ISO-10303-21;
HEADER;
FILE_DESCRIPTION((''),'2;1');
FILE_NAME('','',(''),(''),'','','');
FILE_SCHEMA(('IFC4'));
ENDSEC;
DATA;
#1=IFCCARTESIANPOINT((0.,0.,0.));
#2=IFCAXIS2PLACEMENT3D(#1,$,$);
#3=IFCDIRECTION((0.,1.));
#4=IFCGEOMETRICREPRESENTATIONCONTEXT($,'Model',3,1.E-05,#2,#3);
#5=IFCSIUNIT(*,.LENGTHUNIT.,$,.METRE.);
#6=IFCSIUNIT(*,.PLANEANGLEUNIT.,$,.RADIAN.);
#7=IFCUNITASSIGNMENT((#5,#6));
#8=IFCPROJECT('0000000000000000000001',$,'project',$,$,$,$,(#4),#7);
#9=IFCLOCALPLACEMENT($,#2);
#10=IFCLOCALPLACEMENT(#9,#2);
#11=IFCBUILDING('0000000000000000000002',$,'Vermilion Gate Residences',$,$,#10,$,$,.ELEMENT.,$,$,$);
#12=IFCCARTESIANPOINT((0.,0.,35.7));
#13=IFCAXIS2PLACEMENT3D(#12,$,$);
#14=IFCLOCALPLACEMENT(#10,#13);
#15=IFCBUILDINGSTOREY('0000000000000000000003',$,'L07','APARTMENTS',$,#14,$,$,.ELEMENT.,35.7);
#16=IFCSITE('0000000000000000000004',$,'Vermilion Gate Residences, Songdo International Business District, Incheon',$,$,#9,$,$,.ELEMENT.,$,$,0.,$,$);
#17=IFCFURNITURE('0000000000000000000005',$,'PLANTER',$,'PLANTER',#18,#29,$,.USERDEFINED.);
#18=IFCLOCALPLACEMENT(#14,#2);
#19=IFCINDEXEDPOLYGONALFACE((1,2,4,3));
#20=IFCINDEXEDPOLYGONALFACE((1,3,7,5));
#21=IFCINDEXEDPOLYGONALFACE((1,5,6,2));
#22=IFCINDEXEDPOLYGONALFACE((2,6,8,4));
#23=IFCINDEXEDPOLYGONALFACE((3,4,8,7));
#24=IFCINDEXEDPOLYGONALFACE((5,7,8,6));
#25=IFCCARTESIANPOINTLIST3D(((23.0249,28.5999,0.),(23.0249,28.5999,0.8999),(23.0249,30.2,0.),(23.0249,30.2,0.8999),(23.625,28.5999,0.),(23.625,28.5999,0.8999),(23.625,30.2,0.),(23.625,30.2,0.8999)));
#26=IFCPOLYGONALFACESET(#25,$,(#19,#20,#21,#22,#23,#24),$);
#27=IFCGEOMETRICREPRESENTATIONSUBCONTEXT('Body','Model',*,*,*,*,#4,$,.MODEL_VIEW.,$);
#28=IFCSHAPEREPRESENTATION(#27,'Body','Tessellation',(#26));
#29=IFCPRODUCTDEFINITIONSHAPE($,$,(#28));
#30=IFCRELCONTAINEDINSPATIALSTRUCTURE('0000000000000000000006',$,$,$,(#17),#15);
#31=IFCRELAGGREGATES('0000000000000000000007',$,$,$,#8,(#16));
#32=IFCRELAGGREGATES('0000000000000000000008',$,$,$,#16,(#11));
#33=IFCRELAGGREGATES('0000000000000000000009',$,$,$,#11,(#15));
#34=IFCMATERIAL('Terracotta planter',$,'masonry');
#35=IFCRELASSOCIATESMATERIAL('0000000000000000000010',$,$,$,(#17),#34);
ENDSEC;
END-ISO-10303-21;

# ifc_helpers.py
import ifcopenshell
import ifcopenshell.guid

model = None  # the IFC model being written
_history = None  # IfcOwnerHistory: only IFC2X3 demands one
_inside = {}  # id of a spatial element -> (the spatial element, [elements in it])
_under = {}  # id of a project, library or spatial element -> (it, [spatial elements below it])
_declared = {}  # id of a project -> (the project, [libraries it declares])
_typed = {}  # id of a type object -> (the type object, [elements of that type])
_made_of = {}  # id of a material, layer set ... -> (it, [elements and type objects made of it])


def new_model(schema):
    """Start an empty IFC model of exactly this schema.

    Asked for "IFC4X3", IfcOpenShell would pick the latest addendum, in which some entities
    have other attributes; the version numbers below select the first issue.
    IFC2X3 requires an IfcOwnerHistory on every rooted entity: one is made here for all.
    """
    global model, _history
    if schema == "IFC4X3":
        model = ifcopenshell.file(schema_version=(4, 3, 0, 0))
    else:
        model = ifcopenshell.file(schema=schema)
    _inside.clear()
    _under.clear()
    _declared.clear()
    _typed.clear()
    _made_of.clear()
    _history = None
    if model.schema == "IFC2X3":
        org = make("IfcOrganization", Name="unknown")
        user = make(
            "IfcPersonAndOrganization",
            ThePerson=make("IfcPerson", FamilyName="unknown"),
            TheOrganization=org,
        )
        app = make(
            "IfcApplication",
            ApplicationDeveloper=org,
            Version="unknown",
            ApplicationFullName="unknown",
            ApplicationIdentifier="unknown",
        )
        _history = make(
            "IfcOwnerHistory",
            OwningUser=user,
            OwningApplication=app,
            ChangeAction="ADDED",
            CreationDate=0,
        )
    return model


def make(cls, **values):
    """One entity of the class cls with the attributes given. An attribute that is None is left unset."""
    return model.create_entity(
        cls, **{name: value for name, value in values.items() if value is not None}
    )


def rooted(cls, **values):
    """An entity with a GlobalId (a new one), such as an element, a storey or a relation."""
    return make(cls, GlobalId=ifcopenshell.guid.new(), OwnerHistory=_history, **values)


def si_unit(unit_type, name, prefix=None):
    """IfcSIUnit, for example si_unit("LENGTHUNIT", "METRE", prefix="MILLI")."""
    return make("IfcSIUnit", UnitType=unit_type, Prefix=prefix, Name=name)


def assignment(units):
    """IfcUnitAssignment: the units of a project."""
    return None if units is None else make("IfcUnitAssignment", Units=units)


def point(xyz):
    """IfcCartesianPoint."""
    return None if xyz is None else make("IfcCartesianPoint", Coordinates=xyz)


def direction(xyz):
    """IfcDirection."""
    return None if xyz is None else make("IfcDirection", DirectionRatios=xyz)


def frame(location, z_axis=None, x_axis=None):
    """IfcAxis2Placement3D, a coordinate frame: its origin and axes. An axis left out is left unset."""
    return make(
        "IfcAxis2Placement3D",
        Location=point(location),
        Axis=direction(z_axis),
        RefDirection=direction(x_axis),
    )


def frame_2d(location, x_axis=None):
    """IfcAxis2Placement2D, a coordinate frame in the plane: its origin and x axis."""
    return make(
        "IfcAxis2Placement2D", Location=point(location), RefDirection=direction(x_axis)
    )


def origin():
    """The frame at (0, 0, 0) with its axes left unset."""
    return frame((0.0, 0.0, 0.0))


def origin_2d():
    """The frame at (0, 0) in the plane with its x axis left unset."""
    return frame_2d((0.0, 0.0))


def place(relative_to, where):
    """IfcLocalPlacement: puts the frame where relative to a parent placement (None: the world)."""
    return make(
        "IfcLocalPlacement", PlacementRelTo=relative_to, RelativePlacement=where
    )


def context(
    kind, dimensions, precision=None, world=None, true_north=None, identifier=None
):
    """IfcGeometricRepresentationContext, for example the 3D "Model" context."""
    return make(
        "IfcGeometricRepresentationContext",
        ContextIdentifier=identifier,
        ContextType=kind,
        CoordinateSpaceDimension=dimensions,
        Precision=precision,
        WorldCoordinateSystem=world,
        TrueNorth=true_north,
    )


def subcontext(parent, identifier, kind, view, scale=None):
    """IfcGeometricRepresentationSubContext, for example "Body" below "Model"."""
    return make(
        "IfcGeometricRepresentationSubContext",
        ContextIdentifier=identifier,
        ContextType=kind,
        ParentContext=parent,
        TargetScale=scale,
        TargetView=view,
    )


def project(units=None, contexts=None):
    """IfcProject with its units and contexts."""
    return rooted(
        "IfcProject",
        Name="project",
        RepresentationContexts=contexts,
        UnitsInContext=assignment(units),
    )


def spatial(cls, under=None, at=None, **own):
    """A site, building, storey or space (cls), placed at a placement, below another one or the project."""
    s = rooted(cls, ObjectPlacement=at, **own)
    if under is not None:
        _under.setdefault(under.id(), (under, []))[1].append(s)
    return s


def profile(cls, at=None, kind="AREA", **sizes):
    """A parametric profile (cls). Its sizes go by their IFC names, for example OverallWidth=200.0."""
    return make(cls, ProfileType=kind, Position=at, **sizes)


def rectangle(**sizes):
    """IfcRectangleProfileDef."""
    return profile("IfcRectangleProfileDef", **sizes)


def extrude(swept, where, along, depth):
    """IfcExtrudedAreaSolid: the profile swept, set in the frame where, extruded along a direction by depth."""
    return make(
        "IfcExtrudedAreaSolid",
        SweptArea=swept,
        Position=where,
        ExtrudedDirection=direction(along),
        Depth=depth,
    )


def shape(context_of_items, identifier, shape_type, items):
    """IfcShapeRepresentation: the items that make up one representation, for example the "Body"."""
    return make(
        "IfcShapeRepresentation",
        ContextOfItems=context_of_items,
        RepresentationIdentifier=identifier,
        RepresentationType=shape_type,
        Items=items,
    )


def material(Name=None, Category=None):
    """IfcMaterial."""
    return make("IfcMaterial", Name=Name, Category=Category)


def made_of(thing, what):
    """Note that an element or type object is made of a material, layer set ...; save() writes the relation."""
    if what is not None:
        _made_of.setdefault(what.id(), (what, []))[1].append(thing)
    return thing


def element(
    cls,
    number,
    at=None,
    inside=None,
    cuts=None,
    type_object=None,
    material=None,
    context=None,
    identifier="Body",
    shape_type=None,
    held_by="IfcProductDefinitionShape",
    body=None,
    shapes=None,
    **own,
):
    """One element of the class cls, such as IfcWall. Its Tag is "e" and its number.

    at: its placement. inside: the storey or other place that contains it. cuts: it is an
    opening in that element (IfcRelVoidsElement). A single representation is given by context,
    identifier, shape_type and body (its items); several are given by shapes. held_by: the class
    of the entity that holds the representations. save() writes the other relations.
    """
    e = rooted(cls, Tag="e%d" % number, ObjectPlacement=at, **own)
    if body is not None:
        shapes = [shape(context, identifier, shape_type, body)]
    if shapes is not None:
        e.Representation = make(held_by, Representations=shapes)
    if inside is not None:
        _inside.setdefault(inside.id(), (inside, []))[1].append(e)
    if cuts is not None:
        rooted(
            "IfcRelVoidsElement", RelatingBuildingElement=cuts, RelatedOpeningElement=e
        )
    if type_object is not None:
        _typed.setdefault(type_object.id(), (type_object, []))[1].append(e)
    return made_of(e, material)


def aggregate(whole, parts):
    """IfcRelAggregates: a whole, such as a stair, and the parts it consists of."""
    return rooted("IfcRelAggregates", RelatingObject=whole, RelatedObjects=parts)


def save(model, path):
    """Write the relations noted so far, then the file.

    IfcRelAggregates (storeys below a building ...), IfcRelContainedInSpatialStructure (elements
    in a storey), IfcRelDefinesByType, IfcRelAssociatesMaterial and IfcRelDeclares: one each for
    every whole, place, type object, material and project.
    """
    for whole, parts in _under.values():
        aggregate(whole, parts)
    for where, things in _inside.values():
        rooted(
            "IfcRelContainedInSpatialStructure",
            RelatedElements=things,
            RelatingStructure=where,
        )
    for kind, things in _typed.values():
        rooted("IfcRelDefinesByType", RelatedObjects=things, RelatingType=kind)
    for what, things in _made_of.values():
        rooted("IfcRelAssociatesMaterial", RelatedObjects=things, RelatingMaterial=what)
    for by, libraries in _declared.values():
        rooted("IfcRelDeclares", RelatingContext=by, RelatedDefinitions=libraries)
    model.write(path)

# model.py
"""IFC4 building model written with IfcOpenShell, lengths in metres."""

from ifc_helpers import new_model, si_unit, direction, frame, origin, origin_2d, place, context, subcontext, project, spatial, rectangle, extrude, material, element, save


model = new_model("IFC4")

# Units and contexts
model_context = context("Model", 3, precision=1e-05, world=origin(), true_north=direction((0.0, 1.0)))
body_context = subcontext(model_context, "Body", "Model", "MODEL_VIEW")
ifc_project = project(units=[si_unit("LENGTHUNIT", "METRE"), si_unit("PLANEANGLEUNIT", "RADIAN")], contexts=[model_context])

# Site, building, storey
site_placement = place(None, origin())
site = spatial("IfcSite", under=ifc_project, at=site_placement, Name="Vermilion Gate Residences, Songdo International Business District, Incheon", CompositionType="ELEMENT", RefElevation=0.0)
building_placement = place(site_placement, origin())
building = spatial("IfcBuilding", under=site, at=building_placement, Name="Vermilion Gate Residences", CompositionType="ELEMENT")
storey_placement = place(building_placement, frame((0.0, 0.0, 35.7)))
storey = spatial("IfcBuildingStorey", under=building, at=storey_placement, Name="L07", Description="APARTMENTS", CompositionType="ELEMENT", Elevation=35.7)

# Furniture
ifc_material_1 = material(Name="Terracotta planter", Category="masonry")
furniture_placement = place(storey_placement, frame((23.325, 29.3999, 0.0), z_axis=(0.0, 0.0, 1.0), x_axis=(0.0, 1.0, 0.0)))
element("IfcFurniture", 1, at=furniture_placement, inside=storey, material=ifc_material_1, Name="PLANTER", ObjectType="PLANTER", PredefinedType="USERDEFINED", context=body_context, shape_type="SweptSolid", body=[
    extrude(rectangle(XDim=1.6001, YDim=0.6001, at=origin_2d()), origin(), (0.0, 0.0, 1.0), 0.8999),
])

save(model, "model.ifc")
